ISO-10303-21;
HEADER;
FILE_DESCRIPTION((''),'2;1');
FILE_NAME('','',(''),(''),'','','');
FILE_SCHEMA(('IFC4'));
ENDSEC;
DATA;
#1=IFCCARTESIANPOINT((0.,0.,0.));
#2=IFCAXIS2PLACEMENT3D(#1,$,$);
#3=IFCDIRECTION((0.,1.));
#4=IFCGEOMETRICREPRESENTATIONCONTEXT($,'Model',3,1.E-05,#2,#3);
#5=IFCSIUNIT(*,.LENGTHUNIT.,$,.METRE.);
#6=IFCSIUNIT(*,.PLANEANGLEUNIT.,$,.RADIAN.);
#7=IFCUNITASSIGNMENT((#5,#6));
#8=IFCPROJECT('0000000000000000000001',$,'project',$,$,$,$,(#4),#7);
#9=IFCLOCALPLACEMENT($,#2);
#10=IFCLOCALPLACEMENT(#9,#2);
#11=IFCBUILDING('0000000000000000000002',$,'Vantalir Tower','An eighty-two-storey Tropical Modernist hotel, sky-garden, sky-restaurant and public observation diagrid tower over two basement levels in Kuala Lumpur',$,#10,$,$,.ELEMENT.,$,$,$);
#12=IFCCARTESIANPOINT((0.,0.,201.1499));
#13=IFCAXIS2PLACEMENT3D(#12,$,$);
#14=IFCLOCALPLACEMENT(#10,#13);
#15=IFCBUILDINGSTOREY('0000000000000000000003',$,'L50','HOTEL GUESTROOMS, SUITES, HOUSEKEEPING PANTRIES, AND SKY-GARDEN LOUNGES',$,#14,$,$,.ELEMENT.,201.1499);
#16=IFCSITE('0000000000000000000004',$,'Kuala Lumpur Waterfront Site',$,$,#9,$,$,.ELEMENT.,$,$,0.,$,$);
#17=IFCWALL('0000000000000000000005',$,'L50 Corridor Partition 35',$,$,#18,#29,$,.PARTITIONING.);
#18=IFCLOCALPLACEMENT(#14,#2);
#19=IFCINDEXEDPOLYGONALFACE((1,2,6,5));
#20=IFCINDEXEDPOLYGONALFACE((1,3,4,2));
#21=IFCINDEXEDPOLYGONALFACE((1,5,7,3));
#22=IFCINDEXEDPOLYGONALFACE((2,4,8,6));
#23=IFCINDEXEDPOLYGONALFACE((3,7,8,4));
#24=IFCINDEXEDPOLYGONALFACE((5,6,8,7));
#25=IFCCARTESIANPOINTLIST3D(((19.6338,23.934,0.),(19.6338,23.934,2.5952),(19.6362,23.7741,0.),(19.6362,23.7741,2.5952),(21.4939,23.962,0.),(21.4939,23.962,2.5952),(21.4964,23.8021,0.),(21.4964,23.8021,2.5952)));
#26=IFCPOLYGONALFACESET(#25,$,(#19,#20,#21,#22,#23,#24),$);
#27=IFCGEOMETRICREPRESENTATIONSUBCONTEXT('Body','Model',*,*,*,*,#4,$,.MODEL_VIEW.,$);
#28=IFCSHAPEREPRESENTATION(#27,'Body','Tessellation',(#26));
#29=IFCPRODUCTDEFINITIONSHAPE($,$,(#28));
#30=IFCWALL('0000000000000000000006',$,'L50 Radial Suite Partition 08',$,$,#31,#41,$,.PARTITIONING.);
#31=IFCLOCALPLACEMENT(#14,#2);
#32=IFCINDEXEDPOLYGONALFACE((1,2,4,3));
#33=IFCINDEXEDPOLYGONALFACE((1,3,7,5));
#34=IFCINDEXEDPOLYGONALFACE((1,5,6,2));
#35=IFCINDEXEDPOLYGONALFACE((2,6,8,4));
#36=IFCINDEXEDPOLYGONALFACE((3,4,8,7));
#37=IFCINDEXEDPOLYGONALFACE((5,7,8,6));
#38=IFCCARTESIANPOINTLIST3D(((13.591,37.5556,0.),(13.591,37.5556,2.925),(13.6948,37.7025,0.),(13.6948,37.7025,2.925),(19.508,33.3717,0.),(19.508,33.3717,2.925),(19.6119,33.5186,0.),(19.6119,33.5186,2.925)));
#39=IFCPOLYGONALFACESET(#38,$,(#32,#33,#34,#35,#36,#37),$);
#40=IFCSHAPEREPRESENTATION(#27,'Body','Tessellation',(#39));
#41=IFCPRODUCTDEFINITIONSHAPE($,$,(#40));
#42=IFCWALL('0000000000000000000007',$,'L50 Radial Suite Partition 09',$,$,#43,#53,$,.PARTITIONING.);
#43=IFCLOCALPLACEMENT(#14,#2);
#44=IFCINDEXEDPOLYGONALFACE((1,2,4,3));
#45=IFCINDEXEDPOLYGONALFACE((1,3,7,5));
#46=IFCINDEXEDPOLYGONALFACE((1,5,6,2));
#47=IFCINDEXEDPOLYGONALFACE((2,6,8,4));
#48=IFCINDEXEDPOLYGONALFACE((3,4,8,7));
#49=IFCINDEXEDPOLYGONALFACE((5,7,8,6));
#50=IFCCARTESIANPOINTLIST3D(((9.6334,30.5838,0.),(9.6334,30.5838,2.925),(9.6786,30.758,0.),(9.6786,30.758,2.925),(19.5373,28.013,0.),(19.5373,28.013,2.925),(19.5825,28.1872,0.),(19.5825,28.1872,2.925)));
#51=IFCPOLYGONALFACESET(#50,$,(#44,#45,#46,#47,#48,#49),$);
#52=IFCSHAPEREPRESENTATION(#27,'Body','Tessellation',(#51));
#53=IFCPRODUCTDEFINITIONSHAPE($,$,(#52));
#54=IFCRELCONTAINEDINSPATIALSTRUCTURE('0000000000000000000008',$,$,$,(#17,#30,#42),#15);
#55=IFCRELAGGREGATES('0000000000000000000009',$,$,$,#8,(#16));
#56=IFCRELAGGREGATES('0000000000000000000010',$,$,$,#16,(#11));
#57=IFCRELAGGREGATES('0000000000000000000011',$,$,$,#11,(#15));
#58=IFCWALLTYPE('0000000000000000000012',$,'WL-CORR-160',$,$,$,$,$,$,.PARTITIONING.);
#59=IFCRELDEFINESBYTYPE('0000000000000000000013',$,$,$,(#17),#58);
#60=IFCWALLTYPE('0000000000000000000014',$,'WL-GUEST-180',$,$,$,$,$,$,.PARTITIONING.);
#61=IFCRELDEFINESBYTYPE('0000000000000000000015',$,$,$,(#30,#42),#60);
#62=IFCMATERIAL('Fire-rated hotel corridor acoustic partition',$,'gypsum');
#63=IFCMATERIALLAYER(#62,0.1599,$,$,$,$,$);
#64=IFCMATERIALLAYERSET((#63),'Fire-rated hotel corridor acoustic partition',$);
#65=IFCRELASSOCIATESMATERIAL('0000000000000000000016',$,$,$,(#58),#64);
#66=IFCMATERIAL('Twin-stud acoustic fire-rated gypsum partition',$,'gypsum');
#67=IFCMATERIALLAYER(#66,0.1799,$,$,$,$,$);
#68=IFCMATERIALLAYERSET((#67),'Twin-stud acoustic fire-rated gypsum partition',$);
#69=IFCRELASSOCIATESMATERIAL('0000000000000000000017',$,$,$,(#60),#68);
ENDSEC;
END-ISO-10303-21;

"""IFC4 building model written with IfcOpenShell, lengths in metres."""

from ifc_helpers import new_model, si_unit, direction, frame, frame_2d, origin, place, context, subcontext, project, spatial, rectangle, extrude, material, layer, layer_set, type_object, element, save


model = new_model("IFC4")

# Units and contexts
model_context = context("Model", 3, precision=1e-05, world=origin(), true_north=direction((0.0, 1.0)))
body_context = subcontext(model_context, "Body", "Model", "MODEL_VIEW")
ifc_project = project(units=[si_unit("LENGTHUNIT", "METRE"), si_unit("PLANEANGLEUNIT", "RADIAN")], contexts=[model_context])

# Site, building, storey
site_placement = place(None, origin())
site = spatial("IfcSite", under=ifc_project, at=site_placement, Name="Kuala Lumpur Waterfront Site", CompositionType="ELEMENT", RefElevation=0.0)
building_placement = place(site_placement, origin())
building = spatial("IfcBuilding", under=site, at=building_placement, Name="Vantalir Tower", Description="An eighty-two-storey Tropical Modernist hotel, sky-garden, sky-restaurant and public observation diagrid tower over two basement levels in Kuala Lumpur", CompositionType="ELEMENT")
storey_placement = place(building_placement, frame((0.0, 0.0, 201.1499)))
storey = spatial("IfcBuildingStorey", under=building, at=storey_placement, Name="L50", Description="HOTEL GUESTROOMS, SUITES, HOUSEKEEPING PANTRIES, AND SKY-GARDEN LOUNGES", CompositionType="ELEMENT", Elevation=201.1499)

# Shared definitions
ifc_material_1 = material(Name="Fire-rated hotel corridor acoustic partition", Category="gypsum")
ifc_layer_1 = layer(ifc_material_1, 0.1599)
ifc_layer_set_1 = layer_set([ifc_layer_1], Name="Fire-rated hotel corridor acoustic partition")
wall_type_1 = type_object("IfcWallType", Name="WL-CORR-160", PredefinedType="PARTITIONING", material=ifc_layer_set_1)

# Walls
wall_1_placement = place(storey_placement, frame((19.635, 23.854, 0.0), z_axis=(0.0, 0.0, 1.0), x_axis=(0.999886, 0.015092, 0.0)))
element("IfcWall", 1, at=wall_1_placement, inside=storey, type_object=wall_type_1, Name="L50 Corridor Partition 35", PredefinedType="PARTITIONING", context=body_context, shape_type="SweptSolid", body=[
    extrude(rectangle(XDim=1.8604, YDim=0.1599, at=frame_2d((0.9302, 0.0))), origin(), (0.0, 0.0, 1.0), 2.5952),
])
ifc_material_2 = material(Name="Twin-stud acoustic fire-rated gypsum partition", Category="gypsum")
ifc_layer_2 = layer(ifc_material_2, 0.1799)
ifc_layer_set_2 = layer_set([ifc_layer_2], Name="Twin-stud acoustic fire-rated gypsum partition")
wall_type_2 = type_object("IfcWallType", Name="WL-GUEST-180", PredefinedType="PARTITIONING", material=ifc_layer_set_2)
wall_2_placement = place(storey_placement, frame((19.5601, 33.4451, 0.0), z_axis=(0.0, 0.0, 1.0), x_axis=(-0.816504, 0.57734, 0.0)))
element("IfcWall", 2, at=wall_2_placement, inside=storey, type_object=wall_type_2, Name="L50 Radial Suite Partition 08", PredefinedType="PARTITIONING", context=body_context, shape_type="SweptSolid", body=[
    extrude(rectangle(XDim=7.2468, YDim=0.1799, at=frame_2d((3.6235, 0.0))), origin(), (0.0, 0.0, 1.0), 2.925),
])
wall_3_placement = place(storey_placement, frame((19.5601, 28.1001, 0.0), z_axis=(0.0, 0.0, 1.0), x_axis=(-0.967924, 0.251245, 0.0)))
element("IfcWall", 3, at=wall_3_placement, inside=storey, type_object=wall_type_2, Name="L50 Radial Suite Partition 09", PredefinedType="PARTITIONING", context=body_context, shape_type="SweptSolid", body=[
    extrude(rectangle(XDim=10.2322, YDim=0.1799, at=frame_2d((5.1162, 0.0))), origin(), (0.0, 0.0, 1.0), 2.925),
])

save(model, "model.ifc")
